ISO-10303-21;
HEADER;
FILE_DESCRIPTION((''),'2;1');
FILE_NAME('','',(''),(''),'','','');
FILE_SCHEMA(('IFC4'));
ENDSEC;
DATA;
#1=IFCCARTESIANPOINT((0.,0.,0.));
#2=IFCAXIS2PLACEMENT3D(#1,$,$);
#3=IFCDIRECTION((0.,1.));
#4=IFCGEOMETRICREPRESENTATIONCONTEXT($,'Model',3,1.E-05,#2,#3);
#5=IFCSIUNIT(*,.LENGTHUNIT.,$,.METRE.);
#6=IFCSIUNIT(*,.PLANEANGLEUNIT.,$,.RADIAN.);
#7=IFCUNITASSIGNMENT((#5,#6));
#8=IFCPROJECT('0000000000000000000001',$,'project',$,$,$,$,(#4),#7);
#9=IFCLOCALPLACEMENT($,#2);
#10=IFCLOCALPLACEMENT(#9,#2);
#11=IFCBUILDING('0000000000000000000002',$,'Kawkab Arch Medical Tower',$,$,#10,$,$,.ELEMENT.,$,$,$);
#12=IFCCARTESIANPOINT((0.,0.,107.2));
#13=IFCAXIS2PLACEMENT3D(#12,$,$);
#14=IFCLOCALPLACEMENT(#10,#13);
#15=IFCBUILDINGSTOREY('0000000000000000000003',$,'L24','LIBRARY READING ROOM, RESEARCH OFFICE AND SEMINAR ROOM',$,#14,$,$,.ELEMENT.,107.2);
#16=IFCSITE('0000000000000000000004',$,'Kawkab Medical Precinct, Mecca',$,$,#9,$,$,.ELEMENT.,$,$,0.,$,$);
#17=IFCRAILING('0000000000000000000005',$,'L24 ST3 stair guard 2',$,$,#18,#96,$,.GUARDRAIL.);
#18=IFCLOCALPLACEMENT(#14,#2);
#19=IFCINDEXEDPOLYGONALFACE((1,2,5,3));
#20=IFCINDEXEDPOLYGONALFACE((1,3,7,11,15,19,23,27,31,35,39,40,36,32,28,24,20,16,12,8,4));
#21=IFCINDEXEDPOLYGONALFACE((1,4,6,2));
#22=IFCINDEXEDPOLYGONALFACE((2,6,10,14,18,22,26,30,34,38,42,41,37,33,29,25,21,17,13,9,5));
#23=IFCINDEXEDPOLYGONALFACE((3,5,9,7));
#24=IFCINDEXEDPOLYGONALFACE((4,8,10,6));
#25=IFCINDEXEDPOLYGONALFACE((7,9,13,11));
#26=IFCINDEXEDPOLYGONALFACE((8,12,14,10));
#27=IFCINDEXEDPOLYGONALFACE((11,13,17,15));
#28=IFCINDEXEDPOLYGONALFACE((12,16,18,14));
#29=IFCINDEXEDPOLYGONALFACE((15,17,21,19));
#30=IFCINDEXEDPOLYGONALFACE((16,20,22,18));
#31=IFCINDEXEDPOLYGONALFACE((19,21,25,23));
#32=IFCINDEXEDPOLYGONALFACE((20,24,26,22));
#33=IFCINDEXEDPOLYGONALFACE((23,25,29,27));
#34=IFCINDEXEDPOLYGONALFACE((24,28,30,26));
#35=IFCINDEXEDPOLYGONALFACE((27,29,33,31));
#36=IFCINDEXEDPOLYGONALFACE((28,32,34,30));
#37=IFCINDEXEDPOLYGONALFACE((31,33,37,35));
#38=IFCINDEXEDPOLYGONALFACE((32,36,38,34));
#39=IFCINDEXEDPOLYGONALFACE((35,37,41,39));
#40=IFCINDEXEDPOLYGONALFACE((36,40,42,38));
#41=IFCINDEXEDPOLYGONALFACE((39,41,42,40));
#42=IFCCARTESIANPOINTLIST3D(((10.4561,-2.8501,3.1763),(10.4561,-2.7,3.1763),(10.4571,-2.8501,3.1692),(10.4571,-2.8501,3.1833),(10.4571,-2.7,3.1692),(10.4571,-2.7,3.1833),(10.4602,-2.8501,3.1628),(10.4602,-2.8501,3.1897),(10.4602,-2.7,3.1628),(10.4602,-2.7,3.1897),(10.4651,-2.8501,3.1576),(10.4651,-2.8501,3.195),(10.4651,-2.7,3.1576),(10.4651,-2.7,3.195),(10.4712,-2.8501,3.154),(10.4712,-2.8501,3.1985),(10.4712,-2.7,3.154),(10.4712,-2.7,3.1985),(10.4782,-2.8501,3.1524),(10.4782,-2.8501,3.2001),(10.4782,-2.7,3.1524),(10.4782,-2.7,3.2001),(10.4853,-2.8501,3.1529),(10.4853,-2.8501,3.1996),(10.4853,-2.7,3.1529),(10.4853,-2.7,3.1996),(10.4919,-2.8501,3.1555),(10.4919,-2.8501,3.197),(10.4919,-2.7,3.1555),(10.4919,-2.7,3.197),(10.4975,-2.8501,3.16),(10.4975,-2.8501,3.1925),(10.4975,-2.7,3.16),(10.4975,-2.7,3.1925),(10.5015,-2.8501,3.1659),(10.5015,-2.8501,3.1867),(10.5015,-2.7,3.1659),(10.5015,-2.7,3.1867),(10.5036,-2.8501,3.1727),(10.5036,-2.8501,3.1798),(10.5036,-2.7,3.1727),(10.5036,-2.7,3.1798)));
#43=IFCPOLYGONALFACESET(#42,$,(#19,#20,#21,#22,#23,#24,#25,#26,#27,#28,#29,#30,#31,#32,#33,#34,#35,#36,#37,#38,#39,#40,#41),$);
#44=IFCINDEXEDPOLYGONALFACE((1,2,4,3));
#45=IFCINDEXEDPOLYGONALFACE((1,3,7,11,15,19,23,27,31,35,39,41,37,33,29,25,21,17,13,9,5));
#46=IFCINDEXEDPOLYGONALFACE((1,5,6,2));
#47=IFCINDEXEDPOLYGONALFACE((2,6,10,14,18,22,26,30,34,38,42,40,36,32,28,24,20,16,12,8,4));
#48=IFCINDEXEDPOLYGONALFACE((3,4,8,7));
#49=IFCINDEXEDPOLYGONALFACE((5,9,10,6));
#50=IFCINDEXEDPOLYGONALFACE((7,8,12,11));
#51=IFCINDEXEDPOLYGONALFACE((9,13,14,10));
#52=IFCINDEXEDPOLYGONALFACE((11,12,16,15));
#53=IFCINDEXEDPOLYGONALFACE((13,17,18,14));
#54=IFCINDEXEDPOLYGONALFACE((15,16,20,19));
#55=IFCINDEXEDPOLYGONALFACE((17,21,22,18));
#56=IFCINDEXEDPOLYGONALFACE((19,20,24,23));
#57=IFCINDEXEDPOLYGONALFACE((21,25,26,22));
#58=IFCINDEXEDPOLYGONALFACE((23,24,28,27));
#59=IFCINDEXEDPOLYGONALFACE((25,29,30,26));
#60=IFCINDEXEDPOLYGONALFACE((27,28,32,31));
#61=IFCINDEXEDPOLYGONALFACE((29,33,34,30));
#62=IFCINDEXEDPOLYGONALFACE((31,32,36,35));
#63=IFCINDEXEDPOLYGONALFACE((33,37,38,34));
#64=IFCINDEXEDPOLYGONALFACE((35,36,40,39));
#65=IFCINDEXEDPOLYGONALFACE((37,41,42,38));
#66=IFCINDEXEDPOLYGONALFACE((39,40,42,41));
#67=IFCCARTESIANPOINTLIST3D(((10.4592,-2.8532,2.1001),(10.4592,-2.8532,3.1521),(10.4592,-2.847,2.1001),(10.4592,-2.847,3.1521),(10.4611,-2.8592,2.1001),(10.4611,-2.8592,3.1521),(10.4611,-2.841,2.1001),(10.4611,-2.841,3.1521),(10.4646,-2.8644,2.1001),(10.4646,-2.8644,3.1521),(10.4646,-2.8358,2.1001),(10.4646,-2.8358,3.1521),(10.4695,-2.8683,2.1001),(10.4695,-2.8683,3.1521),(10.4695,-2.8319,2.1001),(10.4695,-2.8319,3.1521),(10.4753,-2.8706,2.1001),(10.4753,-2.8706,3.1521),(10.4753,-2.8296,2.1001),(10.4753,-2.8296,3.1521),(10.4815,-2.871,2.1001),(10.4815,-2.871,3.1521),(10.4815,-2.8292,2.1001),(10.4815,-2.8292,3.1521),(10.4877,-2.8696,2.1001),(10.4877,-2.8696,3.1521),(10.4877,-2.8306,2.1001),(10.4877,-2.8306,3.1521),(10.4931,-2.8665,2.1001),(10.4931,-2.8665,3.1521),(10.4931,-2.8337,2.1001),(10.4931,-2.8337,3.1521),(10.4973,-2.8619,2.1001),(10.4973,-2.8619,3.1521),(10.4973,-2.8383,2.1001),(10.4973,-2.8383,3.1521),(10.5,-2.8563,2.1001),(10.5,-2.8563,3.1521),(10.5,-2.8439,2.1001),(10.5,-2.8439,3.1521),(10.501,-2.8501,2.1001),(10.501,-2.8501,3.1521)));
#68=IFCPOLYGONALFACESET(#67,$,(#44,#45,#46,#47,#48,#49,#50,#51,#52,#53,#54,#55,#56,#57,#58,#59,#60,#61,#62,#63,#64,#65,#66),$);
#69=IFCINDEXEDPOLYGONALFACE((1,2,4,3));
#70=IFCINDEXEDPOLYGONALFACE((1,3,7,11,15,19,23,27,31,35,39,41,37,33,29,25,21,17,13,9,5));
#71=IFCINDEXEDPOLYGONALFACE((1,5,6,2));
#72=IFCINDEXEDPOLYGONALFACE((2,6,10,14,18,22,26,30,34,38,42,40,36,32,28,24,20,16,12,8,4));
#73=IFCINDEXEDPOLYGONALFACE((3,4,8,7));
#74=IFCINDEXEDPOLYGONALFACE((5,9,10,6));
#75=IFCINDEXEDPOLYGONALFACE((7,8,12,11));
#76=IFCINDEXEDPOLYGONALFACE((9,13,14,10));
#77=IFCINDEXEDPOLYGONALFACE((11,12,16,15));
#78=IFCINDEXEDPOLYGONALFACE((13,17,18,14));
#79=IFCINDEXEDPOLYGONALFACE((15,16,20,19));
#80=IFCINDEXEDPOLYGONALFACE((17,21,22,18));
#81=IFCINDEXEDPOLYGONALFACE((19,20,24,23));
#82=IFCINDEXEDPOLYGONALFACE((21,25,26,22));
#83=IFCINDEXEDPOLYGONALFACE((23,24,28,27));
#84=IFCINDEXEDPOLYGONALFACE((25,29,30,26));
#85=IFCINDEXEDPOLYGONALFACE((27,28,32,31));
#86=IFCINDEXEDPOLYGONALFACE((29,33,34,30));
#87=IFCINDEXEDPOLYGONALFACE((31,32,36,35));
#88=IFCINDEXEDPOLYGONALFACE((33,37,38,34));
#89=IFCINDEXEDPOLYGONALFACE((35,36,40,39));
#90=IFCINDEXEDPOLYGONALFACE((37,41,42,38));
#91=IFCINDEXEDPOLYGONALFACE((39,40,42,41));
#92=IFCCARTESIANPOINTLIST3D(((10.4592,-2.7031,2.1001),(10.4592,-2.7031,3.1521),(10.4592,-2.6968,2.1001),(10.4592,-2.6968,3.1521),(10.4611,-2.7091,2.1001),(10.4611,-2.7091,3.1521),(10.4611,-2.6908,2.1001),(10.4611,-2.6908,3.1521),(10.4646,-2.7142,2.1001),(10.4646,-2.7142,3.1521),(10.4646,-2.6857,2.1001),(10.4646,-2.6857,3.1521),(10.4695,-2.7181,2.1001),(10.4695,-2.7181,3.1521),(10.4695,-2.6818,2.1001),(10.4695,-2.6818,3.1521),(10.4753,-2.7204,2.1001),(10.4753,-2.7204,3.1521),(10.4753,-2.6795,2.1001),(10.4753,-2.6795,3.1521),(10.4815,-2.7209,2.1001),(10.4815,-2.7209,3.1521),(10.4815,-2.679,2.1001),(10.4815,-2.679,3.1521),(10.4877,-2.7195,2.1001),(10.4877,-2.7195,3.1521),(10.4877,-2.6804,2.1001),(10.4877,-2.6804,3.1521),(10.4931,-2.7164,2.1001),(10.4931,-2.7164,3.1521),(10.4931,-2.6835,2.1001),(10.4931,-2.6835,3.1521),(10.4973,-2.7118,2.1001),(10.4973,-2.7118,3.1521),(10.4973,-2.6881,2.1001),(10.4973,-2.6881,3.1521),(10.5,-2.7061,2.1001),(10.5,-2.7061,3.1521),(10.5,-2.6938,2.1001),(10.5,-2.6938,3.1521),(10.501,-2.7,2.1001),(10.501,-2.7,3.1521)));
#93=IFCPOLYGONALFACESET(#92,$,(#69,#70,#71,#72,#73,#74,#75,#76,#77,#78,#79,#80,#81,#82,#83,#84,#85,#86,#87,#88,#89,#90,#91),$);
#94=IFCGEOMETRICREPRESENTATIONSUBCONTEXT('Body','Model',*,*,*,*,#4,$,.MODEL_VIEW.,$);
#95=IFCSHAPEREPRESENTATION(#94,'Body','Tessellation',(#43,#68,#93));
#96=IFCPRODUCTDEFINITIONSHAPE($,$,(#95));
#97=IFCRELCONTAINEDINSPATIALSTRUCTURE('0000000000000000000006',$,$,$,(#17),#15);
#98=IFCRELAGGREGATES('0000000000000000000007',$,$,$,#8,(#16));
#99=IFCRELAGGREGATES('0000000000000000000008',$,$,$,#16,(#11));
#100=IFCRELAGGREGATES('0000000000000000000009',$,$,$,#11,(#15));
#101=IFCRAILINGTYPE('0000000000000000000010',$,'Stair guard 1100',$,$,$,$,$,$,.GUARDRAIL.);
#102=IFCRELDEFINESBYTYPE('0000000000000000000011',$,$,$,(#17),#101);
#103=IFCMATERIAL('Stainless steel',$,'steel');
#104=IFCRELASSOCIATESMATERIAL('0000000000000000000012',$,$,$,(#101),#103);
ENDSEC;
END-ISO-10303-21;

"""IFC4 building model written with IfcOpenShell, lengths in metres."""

from ifc_helpers import new_model, si_unit, direction, frame, origin, origin_2d, place, context, subcontext, project, spatial, circle, extrude, material, type_object, element, save


model = new_model("IFC4")

# Units and contexts
model_context = context("Model", 3, precision=1e-05, world=origin(), true_north=direction((0.0, 1.0)))
body_context = subcontext(model_context, "Body", "Model", "MODEL_VIEW")
ifc_project = project(units=[si_unit("LENGTHUNIT", "METRE"), si_unit("PLANEANGLEUNIT", "RADIAN")], contexts=[model_context])

# Site, building, storey
site_placement = place(None, origin())
site = spatial("IfcSite", under=ifc_project, at=site_placement, Name="Kawkab Medical Precinct, Mecca", CompositionType="ELEMENT", RefElevation=0.0)
building_placement = place(site_placement, origin())
building = spatial("IfcBuilding", under=site, at=building_placement, Name="Kawkab Arch Medical Tower", CompositionType="ELEMENT")
storey_placement = place(building_placement, frame((0.0, 0.0, 107.2)))
storey = spatial("IfcBuildingStorey", under=building, at=storey_placement, Name="L24", Description="LIBRARY READING ROOM, RESEARCH OFFICE AND SEMINAR ROOM", CompositionType="ELEMENT", Elevation=107.2)

# Railing
ifc_material_1 = material(Name="Stainless steel", Category="steel")
railing_type_1 = type_object("IfcRailingType", Name="Stair guard 1100", PredefinedType="GUARDRAIL", material=ifc_material_1)
railing_1_placement = place(storey_placement, frame((10.48, -2.8501, 2.1001)))
element("IfcRailing", 1, at=railing_1_placement, inside=storey, type_object=railing_type_1, Name="L24 ST3 stair guard 2", PredefinedType="GUARDRAIL", context=body_context, shape_type="SweptSolid", body=[
    extrude(circle(Radius=0.0239, at=origin_2d()), frame((0.0, 0.0, 1.0762), z_axis=(0.0, 1.0, 0.0), x_axis=(-1.0, 0.0, 0.0)), (0.0, 0.0, 1.0), 0.1501),
    extrude(circle(Radius=0.021, at=origin_2d()), origin(), (0.0, 0.0, 1.0), 1.052),
    extrude(circle(Radius=0.021, at=origin_2d()), frame((0.0, 0.1501, 0.0)), (0.0, 0.0, 1.0), 1.052),
])

save(model, "model.ifc")
